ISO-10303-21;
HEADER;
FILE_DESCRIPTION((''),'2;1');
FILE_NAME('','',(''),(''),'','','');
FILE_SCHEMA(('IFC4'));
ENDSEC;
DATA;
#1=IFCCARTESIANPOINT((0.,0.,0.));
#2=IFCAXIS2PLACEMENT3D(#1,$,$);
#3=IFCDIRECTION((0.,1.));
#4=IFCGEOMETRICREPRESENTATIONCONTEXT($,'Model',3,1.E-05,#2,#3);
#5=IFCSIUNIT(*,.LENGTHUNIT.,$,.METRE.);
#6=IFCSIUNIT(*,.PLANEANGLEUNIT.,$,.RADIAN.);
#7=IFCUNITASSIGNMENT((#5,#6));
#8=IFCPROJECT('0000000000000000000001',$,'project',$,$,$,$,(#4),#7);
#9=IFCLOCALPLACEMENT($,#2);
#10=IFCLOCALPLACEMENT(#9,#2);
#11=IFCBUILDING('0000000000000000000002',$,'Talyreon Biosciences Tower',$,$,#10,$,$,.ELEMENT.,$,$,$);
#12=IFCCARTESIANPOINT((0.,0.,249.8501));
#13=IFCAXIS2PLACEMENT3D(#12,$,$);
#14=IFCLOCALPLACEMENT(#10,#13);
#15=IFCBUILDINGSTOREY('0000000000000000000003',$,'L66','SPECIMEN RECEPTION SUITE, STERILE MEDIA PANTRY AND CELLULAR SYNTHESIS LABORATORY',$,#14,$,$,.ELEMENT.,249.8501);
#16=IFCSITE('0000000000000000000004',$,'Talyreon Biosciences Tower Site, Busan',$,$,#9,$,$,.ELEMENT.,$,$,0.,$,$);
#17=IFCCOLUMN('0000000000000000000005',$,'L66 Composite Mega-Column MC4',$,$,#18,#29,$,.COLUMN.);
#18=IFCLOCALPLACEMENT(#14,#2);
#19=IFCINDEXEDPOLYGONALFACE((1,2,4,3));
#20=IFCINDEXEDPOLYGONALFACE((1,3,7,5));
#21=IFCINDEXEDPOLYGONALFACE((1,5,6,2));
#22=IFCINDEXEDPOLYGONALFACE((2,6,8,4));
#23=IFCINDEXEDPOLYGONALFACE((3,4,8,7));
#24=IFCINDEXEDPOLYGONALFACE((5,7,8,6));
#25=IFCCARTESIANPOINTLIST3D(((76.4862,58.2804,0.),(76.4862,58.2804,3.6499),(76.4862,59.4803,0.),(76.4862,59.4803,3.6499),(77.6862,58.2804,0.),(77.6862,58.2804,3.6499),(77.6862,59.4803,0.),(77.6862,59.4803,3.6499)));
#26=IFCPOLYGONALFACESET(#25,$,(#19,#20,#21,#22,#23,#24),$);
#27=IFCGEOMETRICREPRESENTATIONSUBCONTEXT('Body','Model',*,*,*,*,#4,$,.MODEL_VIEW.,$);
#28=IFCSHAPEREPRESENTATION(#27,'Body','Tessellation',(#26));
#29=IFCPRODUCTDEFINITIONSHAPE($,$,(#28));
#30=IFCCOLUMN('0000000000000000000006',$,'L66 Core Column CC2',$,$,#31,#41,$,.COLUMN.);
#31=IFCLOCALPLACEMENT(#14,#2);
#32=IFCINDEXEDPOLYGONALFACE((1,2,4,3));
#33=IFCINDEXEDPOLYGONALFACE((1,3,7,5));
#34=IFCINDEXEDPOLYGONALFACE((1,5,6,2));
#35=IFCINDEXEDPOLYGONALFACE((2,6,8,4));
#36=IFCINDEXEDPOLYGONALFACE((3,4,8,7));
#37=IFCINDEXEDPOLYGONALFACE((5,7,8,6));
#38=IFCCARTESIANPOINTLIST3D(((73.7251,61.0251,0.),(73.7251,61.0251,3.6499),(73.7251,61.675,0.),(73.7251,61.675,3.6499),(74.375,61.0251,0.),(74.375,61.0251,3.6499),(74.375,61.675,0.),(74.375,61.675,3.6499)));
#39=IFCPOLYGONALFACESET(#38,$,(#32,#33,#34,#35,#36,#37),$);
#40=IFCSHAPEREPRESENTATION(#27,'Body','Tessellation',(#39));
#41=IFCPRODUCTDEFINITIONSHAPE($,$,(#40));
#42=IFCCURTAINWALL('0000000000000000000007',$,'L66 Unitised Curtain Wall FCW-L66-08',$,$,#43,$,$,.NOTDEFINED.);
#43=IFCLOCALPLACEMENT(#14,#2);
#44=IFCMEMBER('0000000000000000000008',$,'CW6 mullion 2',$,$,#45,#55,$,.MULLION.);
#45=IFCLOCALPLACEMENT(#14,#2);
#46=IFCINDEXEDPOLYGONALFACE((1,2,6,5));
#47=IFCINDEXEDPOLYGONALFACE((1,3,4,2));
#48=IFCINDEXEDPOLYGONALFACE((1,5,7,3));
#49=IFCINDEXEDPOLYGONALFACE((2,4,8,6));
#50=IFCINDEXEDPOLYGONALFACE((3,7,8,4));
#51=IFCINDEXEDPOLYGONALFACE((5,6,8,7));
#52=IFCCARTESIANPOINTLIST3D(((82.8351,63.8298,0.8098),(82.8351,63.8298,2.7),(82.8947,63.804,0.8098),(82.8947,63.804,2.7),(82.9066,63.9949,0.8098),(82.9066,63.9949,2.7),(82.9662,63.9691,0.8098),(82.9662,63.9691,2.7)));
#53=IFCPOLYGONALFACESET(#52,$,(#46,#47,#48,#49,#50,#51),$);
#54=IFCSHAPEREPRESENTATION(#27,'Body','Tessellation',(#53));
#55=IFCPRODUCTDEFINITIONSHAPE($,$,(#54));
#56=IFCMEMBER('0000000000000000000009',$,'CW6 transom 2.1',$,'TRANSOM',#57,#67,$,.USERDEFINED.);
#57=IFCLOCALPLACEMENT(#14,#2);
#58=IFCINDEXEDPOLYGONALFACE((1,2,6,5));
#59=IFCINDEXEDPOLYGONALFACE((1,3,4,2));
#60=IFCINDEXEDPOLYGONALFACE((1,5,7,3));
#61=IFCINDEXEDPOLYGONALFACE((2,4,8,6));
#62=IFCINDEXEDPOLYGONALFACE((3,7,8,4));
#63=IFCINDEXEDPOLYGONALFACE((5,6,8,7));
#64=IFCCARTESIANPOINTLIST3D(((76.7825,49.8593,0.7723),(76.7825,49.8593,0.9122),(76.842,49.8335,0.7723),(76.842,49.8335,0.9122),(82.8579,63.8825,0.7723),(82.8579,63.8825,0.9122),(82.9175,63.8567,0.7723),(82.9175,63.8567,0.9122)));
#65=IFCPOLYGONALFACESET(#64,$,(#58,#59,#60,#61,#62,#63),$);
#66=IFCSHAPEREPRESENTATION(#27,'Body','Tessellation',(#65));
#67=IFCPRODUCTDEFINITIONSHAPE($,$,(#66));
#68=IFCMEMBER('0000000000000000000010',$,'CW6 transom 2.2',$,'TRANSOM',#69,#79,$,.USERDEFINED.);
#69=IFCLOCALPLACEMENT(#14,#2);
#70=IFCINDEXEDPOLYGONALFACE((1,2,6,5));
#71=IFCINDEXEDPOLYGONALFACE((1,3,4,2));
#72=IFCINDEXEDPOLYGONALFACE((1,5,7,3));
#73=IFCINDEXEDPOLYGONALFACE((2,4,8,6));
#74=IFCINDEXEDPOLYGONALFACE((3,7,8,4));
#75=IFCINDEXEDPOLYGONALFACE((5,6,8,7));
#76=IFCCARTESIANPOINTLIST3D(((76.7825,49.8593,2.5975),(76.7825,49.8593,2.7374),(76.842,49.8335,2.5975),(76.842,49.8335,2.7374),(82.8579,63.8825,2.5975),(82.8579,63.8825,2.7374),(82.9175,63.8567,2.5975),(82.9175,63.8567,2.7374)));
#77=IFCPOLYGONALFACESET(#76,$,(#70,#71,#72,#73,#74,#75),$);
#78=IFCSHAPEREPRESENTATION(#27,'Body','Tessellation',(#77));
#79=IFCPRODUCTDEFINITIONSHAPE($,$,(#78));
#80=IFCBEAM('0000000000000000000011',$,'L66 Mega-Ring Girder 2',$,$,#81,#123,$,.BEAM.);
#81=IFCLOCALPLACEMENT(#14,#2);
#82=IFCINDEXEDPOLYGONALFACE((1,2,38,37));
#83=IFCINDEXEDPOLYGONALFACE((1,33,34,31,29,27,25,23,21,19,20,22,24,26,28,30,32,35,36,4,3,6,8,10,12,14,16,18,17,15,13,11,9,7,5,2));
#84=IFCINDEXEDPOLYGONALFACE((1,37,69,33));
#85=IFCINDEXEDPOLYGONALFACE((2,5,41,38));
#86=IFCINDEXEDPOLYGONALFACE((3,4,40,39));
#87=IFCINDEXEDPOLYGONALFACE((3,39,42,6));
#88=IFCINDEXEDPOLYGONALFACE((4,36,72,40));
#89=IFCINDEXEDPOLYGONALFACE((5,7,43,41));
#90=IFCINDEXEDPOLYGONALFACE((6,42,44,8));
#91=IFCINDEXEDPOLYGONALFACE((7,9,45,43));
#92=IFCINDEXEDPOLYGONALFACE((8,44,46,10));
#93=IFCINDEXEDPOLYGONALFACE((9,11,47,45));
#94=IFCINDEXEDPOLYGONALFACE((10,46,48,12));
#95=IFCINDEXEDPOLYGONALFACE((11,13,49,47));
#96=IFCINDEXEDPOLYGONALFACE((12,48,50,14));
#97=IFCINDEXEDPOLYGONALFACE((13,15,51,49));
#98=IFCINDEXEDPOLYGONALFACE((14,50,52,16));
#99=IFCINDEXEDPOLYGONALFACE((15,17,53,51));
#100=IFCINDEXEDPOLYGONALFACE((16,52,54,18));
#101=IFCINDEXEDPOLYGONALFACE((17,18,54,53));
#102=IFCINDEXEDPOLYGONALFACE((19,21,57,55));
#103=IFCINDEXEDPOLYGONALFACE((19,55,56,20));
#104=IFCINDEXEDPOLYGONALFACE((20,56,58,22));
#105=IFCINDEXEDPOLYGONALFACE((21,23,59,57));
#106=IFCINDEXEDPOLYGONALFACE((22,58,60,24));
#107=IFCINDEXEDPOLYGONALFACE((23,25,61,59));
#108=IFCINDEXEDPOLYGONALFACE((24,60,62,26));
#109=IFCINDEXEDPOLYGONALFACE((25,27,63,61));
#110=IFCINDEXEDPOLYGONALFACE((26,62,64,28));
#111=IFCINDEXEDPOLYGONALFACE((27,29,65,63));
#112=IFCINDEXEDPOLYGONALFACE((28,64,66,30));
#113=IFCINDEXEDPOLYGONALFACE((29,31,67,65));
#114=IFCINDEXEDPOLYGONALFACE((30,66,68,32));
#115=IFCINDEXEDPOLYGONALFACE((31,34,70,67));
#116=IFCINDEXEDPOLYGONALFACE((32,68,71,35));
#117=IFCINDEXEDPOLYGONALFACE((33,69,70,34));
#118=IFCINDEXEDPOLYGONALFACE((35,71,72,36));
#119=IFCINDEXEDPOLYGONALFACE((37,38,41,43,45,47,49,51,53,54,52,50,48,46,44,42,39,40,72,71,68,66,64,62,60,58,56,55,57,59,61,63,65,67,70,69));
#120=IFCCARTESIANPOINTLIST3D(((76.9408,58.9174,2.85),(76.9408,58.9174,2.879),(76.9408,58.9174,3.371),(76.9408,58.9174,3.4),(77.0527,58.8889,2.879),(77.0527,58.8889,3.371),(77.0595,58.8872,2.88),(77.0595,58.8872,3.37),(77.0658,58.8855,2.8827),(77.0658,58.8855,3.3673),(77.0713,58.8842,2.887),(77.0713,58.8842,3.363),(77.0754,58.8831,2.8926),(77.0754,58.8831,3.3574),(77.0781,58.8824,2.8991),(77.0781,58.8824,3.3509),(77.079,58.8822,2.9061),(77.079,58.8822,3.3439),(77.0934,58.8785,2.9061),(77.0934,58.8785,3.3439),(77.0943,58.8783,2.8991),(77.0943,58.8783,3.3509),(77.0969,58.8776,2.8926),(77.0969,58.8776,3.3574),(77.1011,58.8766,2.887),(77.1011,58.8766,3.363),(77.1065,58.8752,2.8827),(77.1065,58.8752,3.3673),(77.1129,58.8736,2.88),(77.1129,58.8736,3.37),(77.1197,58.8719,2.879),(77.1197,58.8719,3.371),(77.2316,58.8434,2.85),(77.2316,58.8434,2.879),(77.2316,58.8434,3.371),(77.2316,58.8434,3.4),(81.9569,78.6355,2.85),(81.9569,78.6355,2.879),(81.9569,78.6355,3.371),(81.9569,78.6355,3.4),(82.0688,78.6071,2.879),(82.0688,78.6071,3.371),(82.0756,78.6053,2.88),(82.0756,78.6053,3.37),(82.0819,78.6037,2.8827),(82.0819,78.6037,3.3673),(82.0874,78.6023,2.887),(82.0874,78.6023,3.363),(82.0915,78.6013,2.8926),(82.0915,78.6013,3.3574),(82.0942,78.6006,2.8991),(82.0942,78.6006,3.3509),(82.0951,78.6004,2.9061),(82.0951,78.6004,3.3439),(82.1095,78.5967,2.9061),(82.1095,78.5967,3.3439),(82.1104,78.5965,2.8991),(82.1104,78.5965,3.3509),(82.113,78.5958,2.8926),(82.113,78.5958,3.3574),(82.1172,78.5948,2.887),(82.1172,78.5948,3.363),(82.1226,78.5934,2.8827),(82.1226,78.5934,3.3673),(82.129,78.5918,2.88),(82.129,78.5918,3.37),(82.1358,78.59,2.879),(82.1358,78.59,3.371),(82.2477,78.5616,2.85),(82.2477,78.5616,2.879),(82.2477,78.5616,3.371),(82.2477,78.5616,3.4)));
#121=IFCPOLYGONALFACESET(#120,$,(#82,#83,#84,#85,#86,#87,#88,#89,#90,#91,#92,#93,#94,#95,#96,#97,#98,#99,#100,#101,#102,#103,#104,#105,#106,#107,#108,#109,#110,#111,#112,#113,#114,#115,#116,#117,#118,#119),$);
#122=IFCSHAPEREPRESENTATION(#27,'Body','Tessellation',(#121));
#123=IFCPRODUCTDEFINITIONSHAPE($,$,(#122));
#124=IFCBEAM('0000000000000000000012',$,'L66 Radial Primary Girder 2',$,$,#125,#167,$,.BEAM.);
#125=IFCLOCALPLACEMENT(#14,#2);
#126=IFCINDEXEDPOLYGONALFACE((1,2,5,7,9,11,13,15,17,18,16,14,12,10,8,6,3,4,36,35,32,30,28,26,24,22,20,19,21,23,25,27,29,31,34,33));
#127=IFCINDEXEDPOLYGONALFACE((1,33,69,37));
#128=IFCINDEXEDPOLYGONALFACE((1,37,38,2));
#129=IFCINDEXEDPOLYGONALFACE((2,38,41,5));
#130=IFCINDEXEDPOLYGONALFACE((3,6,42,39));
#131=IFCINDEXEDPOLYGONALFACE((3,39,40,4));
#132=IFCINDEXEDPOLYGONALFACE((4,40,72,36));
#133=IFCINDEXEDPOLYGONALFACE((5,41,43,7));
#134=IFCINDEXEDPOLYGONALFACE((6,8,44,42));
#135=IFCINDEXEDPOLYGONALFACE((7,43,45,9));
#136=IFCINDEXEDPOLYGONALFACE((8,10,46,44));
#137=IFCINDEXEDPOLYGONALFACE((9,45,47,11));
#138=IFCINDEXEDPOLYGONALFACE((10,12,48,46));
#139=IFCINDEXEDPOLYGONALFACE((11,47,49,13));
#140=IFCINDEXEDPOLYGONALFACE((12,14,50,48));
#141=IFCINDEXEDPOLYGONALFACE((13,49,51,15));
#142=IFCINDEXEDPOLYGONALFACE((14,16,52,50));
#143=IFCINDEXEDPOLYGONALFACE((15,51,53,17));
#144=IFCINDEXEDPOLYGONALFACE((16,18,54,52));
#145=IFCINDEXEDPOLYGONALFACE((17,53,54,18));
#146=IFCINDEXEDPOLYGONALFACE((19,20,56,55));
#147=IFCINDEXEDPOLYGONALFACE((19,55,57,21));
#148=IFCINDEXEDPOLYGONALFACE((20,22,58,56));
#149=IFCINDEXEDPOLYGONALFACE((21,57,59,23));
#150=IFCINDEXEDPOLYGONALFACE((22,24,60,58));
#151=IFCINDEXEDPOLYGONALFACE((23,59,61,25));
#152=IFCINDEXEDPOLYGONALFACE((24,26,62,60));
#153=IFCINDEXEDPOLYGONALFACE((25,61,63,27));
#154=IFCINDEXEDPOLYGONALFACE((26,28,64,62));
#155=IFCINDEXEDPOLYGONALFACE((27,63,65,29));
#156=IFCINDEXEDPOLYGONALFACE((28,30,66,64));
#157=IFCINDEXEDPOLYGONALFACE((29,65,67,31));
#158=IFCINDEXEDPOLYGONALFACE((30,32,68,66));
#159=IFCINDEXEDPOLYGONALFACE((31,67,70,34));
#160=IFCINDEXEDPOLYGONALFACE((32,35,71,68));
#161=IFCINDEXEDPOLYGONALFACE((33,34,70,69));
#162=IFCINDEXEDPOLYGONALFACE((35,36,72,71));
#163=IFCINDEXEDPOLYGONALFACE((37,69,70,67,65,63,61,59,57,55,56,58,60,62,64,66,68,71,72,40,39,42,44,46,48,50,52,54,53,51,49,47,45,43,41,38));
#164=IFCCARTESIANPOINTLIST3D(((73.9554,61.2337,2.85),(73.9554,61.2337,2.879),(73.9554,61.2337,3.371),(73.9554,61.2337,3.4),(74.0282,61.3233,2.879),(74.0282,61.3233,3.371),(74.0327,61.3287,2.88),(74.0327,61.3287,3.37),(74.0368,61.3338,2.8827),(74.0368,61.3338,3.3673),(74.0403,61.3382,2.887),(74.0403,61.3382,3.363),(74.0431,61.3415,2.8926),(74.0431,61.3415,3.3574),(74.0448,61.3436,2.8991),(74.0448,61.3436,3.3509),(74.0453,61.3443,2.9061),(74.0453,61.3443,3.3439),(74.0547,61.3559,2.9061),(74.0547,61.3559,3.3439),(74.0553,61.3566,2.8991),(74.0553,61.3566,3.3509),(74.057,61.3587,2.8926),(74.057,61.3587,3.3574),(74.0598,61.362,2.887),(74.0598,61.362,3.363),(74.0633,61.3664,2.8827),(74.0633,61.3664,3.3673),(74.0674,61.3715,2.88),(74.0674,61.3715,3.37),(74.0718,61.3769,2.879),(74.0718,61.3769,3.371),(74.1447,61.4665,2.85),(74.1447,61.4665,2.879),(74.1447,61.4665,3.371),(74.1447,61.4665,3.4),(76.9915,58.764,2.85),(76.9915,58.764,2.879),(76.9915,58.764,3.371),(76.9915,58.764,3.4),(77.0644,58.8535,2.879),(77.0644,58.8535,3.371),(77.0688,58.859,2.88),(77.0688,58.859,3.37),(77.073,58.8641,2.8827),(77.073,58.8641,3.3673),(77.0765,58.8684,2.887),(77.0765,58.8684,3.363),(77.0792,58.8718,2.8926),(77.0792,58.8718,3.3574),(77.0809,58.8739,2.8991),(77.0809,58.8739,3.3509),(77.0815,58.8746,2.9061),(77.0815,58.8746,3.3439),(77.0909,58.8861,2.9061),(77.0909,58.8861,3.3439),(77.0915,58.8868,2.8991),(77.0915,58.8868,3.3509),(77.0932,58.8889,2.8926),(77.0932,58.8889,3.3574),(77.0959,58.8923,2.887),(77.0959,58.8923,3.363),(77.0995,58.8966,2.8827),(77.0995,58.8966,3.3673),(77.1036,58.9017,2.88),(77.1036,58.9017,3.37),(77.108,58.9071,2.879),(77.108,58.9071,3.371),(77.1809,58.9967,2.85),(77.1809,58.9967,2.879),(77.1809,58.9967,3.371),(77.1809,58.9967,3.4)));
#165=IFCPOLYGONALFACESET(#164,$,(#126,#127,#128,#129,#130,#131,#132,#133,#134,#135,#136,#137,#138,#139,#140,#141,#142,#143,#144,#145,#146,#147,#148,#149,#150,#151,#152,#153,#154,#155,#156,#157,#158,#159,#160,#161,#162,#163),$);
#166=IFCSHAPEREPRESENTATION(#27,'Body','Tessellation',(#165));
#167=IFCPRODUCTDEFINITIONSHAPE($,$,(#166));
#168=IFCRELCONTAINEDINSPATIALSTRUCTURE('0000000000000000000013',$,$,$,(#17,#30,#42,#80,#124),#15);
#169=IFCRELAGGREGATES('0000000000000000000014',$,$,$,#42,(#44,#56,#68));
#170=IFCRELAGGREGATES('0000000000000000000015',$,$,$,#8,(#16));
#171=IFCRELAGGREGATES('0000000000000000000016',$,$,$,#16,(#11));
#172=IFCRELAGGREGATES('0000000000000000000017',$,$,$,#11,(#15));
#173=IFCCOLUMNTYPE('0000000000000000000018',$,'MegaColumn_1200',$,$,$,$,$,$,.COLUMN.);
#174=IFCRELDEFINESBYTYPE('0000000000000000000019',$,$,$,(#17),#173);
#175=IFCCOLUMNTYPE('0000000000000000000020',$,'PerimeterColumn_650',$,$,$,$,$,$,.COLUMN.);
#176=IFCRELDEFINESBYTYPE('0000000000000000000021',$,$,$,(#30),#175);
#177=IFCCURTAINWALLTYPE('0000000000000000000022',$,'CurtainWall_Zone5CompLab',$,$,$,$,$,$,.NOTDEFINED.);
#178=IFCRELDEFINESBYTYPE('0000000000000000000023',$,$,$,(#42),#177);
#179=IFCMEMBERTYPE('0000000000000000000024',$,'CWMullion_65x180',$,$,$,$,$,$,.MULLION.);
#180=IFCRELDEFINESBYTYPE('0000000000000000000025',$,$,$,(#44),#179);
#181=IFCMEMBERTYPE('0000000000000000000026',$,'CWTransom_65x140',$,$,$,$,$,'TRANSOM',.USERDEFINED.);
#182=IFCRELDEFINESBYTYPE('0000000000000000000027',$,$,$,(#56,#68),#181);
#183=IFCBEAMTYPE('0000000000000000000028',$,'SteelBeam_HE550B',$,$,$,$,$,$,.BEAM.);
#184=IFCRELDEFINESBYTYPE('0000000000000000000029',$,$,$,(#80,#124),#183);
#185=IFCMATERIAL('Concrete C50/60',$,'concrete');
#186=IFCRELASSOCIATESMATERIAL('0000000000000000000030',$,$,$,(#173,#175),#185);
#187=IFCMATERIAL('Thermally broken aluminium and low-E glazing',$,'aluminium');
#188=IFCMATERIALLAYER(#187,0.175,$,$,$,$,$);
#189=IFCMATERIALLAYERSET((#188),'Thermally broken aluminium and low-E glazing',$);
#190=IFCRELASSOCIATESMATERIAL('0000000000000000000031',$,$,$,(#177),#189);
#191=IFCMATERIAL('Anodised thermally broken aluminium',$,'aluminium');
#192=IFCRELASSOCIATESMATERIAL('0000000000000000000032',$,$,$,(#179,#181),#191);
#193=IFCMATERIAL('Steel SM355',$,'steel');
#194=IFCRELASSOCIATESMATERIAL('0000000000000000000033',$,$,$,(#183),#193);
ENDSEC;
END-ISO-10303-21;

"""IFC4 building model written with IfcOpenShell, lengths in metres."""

from ifc_helpers import new_model, si_unit, direction, frame, origin, origin_2d, place, context, subcontext, project, spatial, rectangle, i_section, extrude, material, layer, layer_set, material_profile, profile_set, type_object, element, aggregate, save


model = new_model("IFC4")

# Units and contexts
model_context = context("Model", 3, precision=1e-05, world=origin(), true_north=direction((0.0, 1.0)))
body_context = subcontext(model_context, "Body", "Model", "MODEL_VIEW")
ifc_project = project(units=[si_unit("LENGTHUNIT", "METRE"), si_unit("PLANEANGLEUNIT", "RADIAN")], contexts=[model_context])

# Site, building, storey
site_placement = place(None, origin())
site = spatial("IfcSite", under=ifc_project, at=site_placement, Name="Talyreon Biosciences Tower Site, Busan", CompositionType="ELEMENT", RefElevation=0.0)
building_placement = place(site_placement, origin())
building = spatial("IfcBuilding", under=site, at=building_placement, Name="Talyreon Biosciences Tower", CompositionType="ELEMENT")
storey_placement = place(building_placement, frame((0.0, 0.0, 249.8501)))
storey = spatial("IfcBuildingStorey", under=building, at=storey_placement, Name="L66", Description="SPECIMEN RECEPTION SUITE, STERILE MEDIA PANTRY AND CELLULAR SYNTHESIS LABORATORY", CompositionType="ELEMENT", Elevation=249.8501)

# Columns
ifc_material_1 = material(Name="Concrete C50/60", Category="concrete")
ifc_material_profile_1 = material_profile(ifc_material_1, rectangle(XDim=1.2, YDim=1.2, at=origin_2d()), Name="RC 1200x1200")
ifc_profile_set_1 = profile_set([ifc_material_profile_1], Name="Concrete C50/60")
column_type_1 = type_object("IfcColumnType", Name="MegaColumn_1200", PredefinedType="COLUMN", material=ifc_profile_set_1)
column_1_placement = place(storey_placement, frame((77.0862, 58.8804, 0.0), z_axis=(0.0, 0.0, 1.0), x_axis=(1.0, 0.0, 0.0)))
element("IfcColumn", 1, at=column_1_placement, inside=storey, type_object=column_type_1, Name="L66 Composite Mega-Column MC4", PredefinedType="COLUMN", context=body_context, shape_type="SweptSolid", body=[
    extrude(rectangle(XDim=1.2, YDim=1.2, at=origin_2d()), origin(), (0.0, 0.0, 1.0), 3.6499),
])
ifc_material_profile_2 = material_profile(ifc_material_1, rectangle(XDim=0.6499, YDim=0.6499, at=origin_2d()), Name="RC 650x650")
ifc_profile_set_2 = profile_set([ifc_material_profile_2], Name="Concrete C50/60")
column_type_2 = type_object("IfcColumnType", Name="PerimeterColumn_650", PredefinedType="COLUMN", material=ifc_profile_set_2)
column_2_placement = place(storey_placement, frame((74.05, 61.3501, 0.0), z_axis=(0.0, 0.0, 1.0), x_axis=(1.0, 0.0, 0.0)))
element("IfcColumn", 2, at=column_2_placement, inside=storey, type_object=column_type_2, Name="L66 Core Column CC2", PredefinedType="COLUMN", context=body_context, shape_type="SweptSolid", body=[
    extrude(rectangle(XDim=0.6499, YDim=0.6499, at=origin_2d()), origin(), (0.0, 0.0, 1.0), 3.6499),
])

# Curtain wall, members
ifc_material_2 = material(Name="Thermally broken aluminium and low-E glazing", Category="aluminium")
ifc_layer_1 = layer(ifc_material_2, 0.175)
ifc_layer_set_1 = layer_set([ifc_layer_1], Name="Thermally broken aluminium and low-E glazing")
curtain_wall_type = type_object("IfcCurtainWallType", Name="CurtainWall_Zone5CompLab", PredefinedType="NOTDEFINED", material=ifc_layer_set_1)
curtain_wall_placement = place(storey_placement, origin())
curtain_wall = element("IfcCurtainWall", 3, at=curtain_wall_placement, inside=storey, type_object=curtain_wall_type, Name="L66 Unitised Curtain Wall FCW-L66-08", PredefinedType="NOTDEFINED")
ifc_material_3 = material(Name="Anodised thermally broken aluminium", Category="aluminium")
ifc_material_profile_3 = material_profile(ifc_material_3, rectangle(XDim=0.0649, YDim=0.1799, at=origin_2d()), Name="ALUM MULLION 65x180")
ifc_profile_set_3 = profile_set([ifc_material_profile_3], Name="Anodised thermally broken aluminium")
member_type_1 = type_object("IfcMemberType", Name="CWMullion_65x180", PredefinedType="MULLION", material=ifc_profile_set_3)
member_1_placement = place(storey_placement, frame((82.9006, 63.8994, 0.8098), z_axis=(0.0, 0.0, 1.0), x_axis=(0.917586, -0.397537, 0.0)))
member_1 = element("IfcMember", 4, at=member_1_placement, type_object=member_type_1, Name="CW6 mullion 2", PredefinedType="MULLION", context=body_context, shape_type="SweptSolid", body=[
    extrude(rectangle(XDim=0.0649, YDim=0.1799, at=origin_2d()), origin(), (0.0, 0.0, 1.0), 1.8901),
])
ifc_material_profile_4 = material_profile(ifc_material_3, rectangle(XDim=0.0649, YDim=0.1399, at=origin_2d()), Name="ALUM TRANSOM 65x140")
ifc_profile_set_4 = profile_set([ifc_material_profile_4], Name="Anodised thermally broken aluminium")
member_type_2 = type_object("IfcMemberType", Name="CWTransom_65x140", ElementType="TRANSOM", PredefinedType="USERDEFINED", material=ifc_profile_set_4)
member_2_placement = place(storey_placement, frame((82.8877, 63.8696, 0.8423), z_axis=(-0.397537, -0.917586, 0.0), x_axis=(0.917586, -0.397537, 0.0)))
member_2 = element("IfcMember", 5, at=member_2_placement, type_object=member_type_2, Name="CW6 transom 2.1", ObjectType="TRANSOM", PredefinedType="USERDEFINED", context=body_context, shape_type="SweptSolid", body=[
    extrude(rectangle(XDim=0.0649, YDim=0.1399, at=origin_2d()), origin(), (0.0, 0.0, 1.0), 15.2827),
])
member_3_placement = place(storey_placement, frame((82.8877, 63.8696, 2.6675), z_axis=(-0.397537, -0.917586, 0.0), x_axis=(0.917586, -0.397537, 0.0)))
member_3 = element("IfcMember", 6, at=member_3_placement, type_object=member_type_2, Name="CW6 transom 2.2", ObjectType="TRANSOM", PredefinedType="USERDEFINED", context=body_context, shape_type="SweptSolid", body=[
    extrude(rectangle(XDim=0.0649, YDim=0.1399, at=origin_2d()), origin(), (0.0, 0.0, 1.0), 15.2827),
])
aggregate(curtain_wall, [member_1, member_2, member_3])

# Beams
ifc_material_4 = material(Name="Steel SM355", Category="steel")
ifc_material_profile_5 = material_profile(ifc_material_4, i_section(OverallWidth=0.3, OverallDepth=0.55, WebThickness=0.0149, FlangeThickness=0.0291, FilletRadius=0.0271, at=origin_2d()), Name="HE550B")
ifc_profile_set_5 = profile_set([ifc_material_profile_5], Name="Steel SM355")
beam_type_1 = type_object("IfcBeamType", Name="SteelBeam_HE550B", PredefinedType="BEAM", material=ifc_profile_set_5)
beam_1_placement = place(storey_placement, frame((77.0862, 58.8804, 3.125), z_axis=(0.246537, 0.969133, 0.0), x_axis=(-0.969133, 0.246537, 0.0)))
element("IfcBeam", 7, at=beam_1_placement, inside=storey, type_object=beam_type_1, Name="L66 Mega-Ring Girder 2", PredefinedType="BEAM", context=body_context, shape_type="SweptSolid", body=[
    extrude(i_section(OverallWidth=0.3, OverallDepth=0.55, WebThickness=0.0149, FlangeThickness=0.0291, FilletRadius=0.0271, at=origin_2d()), origin(), (0.0, 0.0, 1.0), 20.3462),
])
beam_2_placement = place(storey_placement, frame((74.05, 61.3501, 3.125), z_axis=(0.775755, -0.631034, 0.0), x_axis=(0.631034, 0.775755, 0.0)))
element("IfcBeam", 8, at=beam_2_placement, inside=storey, type_object=beam_type_1, Name="L66 Radial Primary Girder 2", PredefinedType="BEAM", context=body_context, shape_type="SweptSolid", body=[
    extrude(i_section(OverallWidth=0.3, OverallDepth=0.55, WebThickness=0.0149, FlangeThickness=0.0291, FilletRadius=0.0271, at=origin_2d()), origin(), (0.0, 0.0, 1.0), 3.9138),
])

save(model, "model.ifc")
